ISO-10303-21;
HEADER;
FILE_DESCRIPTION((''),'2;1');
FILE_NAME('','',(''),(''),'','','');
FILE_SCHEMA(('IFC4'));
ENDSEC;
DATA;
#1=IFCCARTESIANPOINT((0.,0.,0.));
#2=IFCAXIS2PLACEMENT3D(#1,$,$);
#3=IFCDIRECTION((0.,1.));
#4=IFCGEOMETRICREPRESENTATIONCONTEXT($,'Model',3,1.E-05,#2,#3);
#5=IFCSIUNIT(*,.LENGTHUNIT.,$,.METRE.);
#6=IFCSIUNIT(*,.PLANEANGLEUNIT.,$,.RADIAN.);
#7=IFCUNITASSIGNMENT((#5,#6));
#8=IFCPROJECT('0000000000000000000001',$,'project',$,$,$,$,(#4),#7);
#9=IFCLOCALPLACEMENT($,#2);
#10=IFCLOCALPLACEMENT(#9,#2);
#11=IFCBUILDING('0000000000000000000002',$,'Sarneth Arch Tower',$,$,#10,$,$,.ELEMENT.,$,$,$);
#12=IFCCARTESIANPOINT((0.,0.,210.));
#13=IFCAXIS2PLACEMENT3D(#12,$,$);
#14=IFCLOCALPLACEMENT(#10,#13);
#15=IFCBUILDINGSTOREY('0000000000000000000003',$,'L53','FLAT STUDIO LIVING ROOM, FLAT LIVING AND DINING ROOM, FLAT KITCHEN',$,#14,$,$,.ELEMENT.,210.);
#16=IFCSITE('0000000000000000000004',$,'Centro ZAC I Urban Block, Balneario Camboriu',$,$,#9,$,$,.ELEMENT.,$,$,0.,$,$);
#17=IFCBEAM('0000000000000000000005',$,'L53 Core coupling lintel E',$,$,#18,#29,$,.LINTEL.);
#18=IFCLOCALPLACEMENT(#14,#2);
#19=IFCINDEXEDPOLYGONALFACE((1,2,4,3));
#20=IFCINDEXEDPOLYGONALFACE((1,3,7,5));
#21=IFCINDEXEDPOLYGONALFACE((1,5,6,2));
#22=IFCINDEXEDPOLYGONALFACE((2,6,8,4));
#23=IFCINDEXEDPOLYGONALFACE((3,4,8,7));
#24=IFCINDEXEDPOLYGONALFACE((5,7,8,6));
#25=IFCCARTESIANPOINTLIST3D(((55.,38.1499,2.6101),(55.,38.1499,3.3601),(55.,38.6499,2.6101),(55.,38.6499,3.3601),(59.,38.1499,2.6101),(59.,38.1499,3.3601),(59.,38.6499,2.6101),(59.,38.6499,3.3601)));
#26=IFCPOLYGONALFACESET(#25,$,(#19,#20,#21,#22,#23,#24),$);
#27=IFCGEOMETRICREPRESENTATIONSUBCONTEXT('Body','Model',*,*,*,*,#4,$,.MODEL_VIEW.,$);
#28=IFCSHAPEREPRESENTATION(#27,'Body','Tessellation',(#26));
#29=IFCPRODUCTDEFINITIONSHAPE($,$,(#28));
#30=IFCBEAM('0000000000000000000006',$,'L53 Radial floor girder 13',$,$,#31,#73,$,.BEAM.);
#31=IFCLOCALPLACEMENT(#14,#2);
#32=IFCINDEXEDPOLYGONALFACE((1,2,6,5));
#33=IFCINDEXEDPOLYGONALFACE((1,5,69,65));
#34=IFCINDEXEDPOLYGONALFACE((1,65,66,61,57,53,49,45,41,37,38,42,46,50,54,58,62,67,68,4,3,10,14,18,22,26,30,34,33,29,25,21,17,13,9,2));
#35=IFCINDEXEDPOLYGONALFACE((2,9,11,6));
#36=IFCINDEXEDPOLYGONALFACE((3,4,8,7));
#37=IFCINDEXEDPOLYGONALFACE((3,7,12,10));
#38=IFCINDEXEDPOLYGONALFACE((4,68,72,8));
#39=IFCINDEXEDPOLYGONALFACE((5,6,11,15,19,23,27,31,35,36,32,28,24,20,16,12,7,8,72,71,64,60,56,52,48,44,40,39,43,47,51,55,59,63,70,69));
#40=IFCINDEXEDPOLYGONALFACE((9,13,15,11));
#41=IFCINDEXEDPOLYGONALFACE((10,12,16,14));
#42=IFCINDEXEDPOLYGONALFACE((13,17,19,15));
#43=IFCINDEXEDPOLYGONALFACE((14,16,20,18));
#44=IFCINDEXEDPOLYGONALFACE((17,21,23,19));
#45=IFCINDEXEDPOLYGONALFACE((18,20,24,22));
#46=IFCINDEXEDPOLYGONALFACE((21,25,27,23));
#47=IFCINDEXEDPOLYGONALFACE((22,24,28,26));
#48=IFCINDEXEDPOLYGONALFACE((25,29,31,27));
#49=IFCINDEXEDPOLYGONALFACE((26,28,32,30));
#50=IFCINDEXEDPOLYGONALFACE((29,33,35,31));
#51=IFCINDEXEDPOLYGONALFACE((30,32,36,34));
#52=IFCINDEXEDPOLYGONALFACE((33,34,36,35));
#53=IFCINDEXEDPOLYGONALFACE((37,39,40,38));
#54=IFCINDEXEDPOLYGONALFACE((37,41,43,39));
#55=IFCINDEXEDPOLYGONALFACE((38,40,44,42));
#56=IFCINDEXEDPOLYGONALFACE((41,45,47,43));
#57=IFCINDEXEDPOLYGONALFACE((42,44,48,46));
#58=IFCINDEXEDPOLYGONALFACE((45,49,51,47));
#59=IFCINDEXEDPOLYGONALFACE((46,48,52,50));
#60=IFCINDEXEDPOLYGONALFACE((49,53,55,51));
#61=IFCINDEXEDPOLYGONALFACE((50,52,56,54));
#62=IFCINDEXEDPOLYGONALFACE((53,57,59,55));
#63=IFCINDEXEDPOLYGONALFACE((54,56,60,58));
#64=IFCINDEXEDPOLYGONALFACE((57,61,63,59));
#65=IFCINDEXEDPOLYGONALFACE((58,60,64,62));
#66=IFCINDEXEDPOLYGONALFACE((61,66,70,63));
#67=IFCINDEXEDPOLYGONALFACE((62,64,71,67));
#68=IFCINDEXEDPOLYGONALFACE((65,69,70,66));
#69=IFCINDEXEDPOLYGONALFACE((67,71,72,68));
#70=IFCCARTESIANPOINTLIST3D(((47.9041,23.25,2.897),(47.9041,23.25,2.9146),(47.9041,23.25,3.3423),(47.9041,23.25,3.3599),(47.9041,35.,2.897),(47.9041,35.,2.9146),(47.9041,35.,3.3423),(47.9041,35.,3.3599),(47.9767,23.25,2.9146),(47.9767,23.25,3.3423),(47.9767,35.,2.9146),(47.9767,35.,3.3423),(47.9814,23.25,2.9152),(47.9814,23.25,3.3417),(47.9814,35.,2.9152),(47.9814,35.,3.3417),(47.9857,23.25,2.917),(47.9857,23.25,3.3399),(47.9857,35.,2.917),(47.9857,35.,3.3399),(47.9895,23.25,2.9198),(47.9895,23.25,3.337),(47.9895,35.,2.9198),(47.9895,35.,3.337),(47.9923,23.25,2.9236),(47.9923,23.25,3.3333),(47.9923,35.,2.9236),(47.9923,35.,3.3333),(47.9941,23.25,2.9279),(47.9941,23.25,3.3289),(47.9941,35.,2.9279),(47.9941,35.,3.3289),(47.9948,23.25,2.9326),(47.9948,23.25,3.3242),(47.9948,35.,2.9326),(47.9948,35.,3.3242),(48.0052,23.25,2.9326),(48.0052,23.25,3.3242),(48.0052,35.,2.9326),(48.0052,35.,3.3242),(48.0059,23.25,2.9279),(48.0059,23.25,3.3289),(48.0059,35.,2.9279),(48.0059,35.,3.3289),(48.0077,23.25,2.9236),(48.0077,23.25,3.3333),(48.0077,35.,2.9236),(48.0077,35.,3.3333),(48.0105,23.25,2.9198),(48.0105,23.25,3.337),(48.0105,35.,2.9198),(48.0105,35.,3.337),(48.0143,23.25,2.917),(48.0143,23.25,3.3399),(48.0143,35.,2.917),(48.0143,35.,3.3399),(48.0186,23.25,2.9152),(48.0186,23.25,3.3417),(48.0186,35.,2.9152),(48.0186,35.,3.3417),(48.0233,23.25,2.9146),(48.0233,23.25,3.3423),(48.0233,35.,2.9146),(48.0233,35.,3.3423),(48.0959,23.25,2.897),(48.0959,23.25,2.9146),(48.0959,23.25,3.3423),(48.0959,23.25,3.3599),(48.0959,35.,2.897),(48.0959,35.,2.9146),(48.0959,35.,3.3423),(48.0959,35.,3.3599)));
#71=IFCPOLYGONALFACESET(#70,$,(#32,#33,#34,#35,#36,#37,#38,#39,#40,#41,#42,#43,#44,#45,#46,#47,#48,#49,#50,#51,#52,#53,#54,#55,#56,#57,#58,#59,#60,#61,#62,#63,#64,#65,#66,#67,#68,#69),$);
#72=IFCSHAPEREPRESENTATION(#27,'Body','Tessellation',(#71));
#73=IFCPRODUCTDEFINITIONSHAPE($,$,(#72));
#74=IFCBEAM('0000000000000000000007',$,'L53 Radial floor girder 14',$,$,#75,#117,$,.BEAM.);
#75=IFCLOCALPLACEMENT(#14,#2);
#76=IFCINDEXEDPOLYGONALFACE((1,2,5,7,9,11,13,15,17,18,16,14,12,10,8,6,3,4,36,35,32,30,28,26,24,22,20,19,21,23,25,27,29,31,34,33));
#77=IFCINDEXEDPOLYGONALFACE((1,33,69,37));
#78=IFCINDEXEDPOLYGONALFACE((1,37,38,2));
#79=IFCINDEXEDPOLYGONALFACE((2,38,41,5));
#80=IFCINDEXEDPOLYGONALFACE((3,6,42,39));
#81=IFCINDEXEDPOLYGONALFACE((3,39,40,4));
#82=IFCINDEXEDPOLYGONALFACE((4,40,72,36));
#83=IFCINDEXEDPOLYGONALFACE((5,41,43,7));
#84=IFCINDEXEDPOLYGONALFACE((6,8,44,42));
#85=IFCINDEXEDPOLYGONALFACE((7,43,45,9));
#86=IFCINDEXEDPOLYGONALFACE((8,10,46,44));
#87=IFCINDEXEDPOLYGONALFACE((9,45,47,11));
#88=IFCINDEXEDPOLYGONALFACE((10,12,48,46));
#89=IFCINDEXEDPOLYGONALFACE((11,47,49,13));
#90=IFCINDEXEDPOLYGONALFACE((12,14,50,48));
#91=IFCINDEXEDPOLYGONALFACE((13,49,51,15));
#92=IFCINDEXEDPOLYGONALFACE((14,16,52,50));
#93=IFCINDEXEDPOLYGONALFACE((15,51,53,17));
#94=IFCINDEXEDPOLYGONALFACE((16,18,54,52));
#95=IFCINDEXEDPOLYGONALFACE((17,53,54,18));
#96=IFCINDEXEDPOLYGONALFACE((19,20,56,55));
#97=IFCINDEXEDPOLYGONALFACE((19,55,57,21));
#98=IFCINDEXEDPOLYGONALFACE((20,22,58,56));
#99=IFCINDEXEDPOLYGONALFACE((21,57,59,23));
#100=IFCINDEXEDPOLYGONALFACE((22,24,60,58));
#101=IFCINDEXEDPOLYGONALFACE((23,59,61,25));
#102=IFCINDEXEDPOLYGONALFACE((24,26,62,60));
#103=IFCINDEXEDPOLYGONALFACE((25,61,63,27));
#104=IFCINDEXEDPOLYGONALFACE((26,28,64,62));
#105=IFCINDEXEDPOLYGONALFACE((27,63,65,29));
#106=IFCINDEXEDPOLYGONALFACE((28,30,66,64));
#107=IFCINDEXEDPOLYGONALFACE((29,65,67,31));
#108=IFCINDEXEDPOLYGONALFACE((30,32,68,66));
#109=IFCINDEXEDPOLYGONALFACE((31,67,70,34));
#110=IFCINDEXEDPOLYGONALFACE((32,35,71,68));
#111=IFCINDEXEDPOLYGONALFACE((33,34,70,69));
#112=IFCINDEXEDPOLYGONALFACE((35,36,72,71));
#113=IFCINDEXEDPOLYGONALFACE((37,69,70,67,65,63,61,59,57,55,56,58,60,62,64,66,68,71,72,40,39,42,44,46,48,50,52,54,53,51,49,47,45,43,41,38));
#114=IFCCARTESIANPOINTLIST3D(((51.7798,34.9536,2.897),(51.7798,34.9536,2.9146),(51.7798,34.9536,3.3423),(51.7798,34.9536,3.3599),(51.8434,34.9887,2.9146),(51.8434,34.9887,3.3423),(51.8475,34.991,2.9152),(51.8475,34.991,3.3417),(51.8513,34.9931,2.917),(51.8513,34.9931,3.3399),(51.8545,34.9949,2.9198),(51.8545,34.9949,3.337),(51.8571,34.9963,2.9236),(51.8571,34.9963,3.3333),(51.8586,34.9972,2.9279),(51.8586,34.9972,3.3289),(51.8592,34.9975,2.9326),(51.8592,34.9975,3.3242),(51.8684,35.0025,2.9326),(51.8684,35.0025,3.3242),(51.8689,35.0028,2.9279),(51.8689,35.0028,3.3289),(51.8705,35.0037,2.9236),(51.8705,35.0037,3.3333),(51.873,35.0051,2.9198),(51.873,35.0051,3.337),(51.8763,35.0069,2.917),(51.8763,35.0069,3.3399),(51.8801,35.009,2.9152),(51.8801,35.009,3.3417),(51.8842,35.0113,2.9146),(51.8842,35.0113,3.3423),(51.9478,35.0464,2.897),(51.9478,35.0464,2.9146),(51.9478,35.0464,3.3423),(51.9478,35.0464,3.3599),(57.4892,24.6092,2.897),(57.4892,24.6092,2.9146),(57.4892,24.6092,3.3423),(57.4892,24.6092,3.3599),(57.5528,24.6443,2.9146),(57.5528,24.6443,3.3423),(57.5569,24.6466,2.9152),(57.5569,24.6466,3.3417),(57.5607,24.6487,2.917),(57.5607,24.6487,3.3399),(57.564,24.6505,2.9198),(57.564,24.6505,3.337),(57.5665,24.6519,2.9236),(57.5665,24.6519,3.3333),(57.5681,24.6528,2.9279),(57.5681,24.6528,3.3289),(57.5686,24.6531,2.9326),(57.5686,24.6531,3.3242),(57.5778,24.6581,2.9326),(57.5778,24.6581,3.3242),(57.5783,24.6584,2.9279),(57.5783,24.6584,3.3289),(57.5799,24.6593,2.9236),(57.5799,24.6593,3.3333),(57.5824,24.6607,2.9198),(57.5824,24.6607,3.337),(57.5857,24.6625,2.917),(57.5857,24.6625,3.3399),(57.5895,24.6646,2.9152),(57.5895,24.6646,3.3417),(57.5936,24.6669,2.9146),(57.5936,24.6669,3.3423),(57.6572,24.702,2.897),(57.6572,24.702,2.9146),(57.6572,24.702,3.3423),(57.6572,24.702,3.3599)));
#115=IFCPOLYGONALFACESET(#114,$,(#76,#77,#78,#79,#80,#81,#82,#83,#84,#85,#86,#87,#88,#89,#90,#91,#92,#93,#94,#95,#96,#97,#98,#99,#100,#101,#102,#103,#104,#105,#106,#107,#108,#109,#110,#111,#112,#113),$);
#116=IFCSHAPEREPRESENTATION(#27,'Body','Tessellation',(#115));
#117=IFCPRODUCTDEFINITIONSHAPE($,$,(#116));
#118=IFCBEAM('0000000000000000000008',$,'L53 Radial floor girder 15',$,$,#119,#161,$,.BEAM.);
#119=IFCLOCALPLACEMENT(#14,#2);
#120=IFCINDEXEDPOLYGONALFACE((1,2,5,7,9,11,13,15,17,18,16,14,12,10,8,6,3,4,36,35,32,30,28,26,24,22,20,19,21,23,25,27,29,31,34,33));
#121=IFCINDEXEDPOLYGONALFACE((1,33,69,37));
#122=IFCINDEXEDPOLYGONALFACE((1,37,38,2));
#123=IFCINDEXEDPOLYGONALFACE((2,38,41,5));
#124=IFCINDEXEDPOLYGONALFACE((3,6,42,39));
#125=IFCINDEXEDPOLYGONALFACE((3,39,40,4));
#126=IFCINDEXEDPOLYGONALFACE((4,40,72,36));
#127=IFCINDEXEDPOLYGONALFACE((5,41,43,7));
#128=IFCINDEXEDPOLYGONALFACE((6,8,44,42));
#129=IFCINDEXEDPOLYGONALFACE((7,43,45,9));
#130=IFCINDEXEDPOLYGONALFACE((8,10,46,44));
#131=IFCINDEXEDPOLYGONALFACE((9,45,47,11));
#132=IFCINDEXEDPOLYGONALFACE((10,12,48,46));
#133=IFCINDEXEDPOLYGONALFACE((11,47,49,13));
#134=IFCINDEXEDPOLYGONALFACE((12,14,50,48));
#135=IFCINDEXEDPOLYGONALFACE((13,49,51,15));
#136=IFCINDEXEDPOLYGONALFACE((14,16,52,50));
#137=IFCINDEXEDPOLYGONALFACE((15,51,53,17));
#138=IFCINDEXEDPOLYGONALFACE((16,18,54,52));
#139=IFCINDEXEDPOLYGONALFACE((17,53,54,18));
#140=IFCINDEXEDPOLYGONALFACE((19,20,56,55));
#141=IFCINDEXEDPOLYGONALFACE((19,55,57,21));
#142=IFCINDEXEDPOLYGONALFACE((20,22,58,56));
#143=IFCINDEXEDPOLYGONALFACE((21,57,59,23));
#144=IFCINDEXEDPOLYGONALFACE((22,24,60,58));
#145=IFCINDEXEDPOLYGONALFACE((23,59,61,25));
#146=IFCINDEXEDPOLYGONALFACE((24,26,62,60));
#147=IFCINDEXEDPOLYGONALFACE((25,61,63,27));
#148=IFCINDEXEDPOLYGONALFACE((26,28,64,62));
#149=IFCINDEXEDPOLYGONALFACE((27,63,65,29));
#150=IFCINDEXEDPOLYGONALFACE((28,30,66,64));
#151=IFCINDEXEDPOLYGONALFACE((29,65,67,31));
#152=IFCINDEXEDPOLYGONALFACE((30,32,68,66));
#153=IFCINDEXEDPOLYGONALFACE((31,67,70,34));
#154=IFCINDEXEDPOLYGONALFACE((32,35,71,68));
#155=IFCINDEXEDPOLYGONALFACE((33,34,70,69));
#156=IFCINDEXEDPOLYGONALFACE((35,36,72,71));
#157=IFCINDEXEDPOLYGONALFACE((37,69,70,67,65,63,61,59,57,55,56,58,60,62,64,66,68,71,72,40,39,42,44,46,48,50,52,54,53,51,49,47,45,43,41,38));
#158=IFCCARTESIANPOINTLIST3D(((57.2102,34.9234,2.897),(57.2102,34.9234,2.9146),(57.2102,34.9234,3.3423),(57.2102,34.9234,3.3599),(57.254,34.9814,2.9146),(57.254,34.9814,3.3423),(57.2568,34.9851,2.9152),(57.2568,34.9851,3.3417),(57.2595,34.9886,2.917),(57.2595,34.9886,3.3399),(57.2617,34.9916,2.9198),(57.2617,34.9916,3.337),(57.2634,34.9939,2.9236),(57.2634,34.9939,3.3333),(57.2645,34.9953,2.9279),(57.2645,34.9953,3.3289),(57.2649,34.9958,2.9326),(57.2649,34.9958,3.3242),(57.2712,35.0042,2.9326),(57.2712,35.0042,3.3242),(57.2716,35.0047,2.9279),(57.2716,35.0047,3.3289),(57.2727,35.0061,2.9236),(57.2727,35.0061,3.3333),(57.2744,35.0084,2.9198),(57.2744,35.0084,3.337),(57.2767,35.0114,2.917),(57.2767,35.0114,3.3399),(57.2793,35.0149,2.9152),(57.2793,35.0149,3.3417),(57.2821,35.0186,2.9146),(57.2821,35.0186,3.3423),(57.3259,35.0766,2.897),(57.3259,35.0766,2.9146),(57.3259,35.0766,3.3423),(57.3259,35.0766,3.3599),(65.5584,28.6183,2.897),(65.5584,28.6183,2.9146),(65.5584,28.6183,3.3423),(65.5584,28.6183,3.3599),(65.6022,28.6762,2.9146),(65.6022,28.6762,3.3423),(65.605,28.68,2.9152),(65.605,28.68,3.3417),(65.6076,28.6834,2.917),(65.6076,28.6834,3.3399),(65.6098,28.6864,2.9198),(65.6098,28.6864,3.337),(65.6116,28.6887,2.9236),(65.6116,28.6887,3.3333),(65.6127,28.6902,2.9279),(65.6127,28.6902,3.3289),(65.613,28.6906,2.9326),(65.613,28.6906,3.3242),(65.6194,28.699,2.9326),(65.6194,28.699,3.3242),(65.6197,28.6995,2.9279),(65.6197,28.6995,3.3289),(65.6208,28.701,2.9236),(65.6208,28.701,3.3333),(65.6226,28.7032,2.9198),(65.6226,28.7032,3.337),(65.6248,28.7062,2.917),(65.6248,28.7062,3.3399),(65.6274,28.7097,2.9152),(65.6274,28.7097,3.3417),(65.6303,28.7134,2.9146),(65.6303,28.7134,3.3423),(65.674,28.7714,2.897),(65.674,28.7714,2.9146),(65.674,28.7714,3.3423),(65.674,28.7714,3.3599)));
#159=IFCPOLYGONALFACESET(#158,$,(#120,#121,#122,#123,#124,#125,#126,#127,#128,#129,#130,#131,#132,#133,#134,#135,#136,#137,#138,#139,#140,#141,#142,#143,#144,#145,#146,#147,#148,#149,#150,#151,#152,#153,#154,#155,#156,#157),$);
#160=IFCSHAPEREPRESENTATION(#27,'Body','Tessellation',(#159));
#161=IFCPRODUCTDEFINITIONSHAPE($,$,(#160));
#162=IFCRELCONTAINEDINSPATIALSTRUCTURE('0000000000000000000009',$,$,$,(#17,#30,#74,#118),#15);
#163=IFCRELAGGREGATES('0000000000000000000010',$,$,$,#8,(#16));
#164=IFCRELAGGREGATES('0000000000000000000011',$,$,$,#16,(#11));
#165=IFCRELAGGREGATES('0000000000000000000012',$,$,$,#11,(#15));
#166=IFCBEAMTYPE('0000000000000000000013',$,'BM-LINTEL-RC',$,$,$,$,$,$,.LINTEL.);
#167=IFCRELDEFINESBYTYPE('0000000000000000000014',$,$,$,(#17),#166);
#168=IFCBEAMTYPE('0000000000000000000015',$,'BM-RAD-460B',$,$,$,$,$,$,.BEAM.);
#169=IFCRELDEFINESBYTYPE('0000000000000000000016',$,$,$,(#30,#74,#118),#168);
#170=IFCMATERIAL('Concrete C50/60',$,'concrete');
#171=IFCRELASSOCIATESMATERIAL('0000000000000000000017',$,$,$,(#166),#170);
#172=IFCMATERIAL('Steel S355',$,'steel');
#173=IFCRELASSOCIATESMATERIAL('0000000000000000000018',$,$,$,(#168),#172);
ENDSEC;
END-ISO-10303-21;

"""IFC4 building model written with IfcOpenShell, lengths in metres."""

from ifc_helpers import new_model, si_unit, direction, frame, origin, origin_2d, place, context, subcontext, project, spatial, rectangle, i_section, extrude, material, material_profile, profile_set, type_object, element, save


model = new_model("IFC4")

# Units and contexts
model_context = context("Model", 3, precision=1e-05, world=origin(), true_north=direction((0.0, 1.0)))
body_context = subcontext(model_context, "Body", "Model", "MODEL_VIEW")
ifc_project = project(units=[si_unit("LENGTHUNIT", "METRE"), si_unit("PLANEANGLEUNIT", "RADIAN")], contexts=[model_context])

# Site, building, storey
site_placement = place(None, origin())
site = spatial("IfcSite", under=ifc_project, at=site_placement, Name="Centro ZAC I Urban Block, Balneario Camboriu", CompositionType="ELEMENT", RefElevation=0.0)
building_placement = place(site_placement, origin())
building = spatial("IfcBuilding", under=site, at=building_placement, Name="Sarneth Arch Tower", CompositionType="ELEMENT")
storey_placement = place(building_placement, frame((0.0, 0.0, 210.0)))
storey = spatial("IfcBuildingStorey", under=building, at=storey_placement, Name="L53", Description="FLAT STUDIO LIVING ROOM, FLAT LIVING AND DINING ROOM, FLAT KITCHEN", CompositionType="ELEMENT", Elevation=210.0)

# Beams
ifc_material_1 = material(Name="Concrete C50/60", Category="concrete")
ifc_material_profile_1 = material_profile(ifc_material_1, rectangle(XDim=0.5, YDim=0.75, at=origin_2d()), Name="RC-500x750")
ifc_profile_set_1 = profile_set([ifc_material_profile_1], Name="Concrete C50/60")
beam_type_1 = type_object("IfcBeamType", Name="BM-LINTEL-RC", PredefinedType="LINTEL", material=ifc_profile_set_1)
beam_1_placement = place(storey_placement, frame((55.0, 38.3999, 2.9851), z_axis=(1.0, 0.0, 0.0), x_axis=(0.0, 1.0, 0.0)))
element("IfcBeam", 1, at=beam_1_placement, inside=storey, type_object=beam_type_1, Name="L53 Core coupling lintel E", PredefinedType="LINTEL", context=body_context, shape_type="SweptSolid", body=[
    extrude(rectangle(XDim=0.5, YDim=0.75, at=origin_2d()), origin(), (0.0, 0.0, 1.0), 4.0),
])
ifc_material_2 = material(Name="Steel S355", Category="steel")
ifc_material_profile_2 = material_profile(ifc_material_2, i_section(OverallWidth=0.1919, OverallDepth=0.4629, WebThickness=0.0105, FlangeThickness=0.0176, FilletRadius=0.0181, at=origin_2d()), Name="W460x89")
ifc_profile_set_2 = profile_set([ifc_material_profile_2], Name="Steel S355")
beam_type_2 = type_object("IfcBeamType", Name="BM-RAD-460B", PredefinedType="BEAM", material=ifc_profile_set_2)
beam_2_placement = place(storey_placement, frame((48.0, 35.0, 3.1284), z_axis=(0.0, -1.0, 0.0), x_axis=(1.0, 0.0, 0.0)))
element("IfcBeam", 2, at=beam_2_placement, inside=storey, type_object=beam_type_2, Name="L53 Radial floor girder 13", PredefinedType="BEAM", context=body_context, shape_type="SweptSolid", body=[
    extrude(i_section(OverallWidth=0.1919, OverallDepth=0.4629, WebThickness=0.0105, FlangeThickness=0.0176, FilletRadius=0.0181, at=origin_2d()), origin(), (0.0, 0.0, 1.0), 11.75),
])
beam_3_placement = place(storey_placement, frame((51.8638, 35.0, 3.1284), z_axis=(0.483218, -0.8755, 0.0), x_axis=(0.8755, 0.483218, 0.0)))
element("IfcBeam", 3, at=beam_3_placement, inside=storey, type_object=beam_type_2, Name="L53 Radial floor girder 14", PredefinedType="BEAM", context=body_context, shape_type="SweptSolid", body=[
    extrude(i_section(OverallWidth=0.1919, OverallDepth=0.4629, WebThickness=0.0105, FlangeThickness=0.0176, FilletRadius=0.0181, at=origin_2d()), origin(), (0.0, 0.0, 1.0), 11.8154),
])
beam_4_placement = place(storey_placement, frame((57.2681, 35.0, 3.1284), z_axis=(0.797974, -0.602692, 0.0), x_axis=(0.602692, 0.797974, 0.0)))
element("IfcBeam", 4, at=beam_4_placement, inside=storey, type_object=beam_type_2, Name="L53 Radial floor girder 15", PredefinedType="BEAM", context=body_context, shape_type="SweptSolid", body=[
    extrude(i_section(OverallWidth=0.1919, OverallDepth=0.4629, WebThickness=0.0105, FlangeThickness=0.0176, FilletRadius=0.0181, at=origin_2d()), origin(), (0.0, 0.0, 1.0), 10.4617),
])

save(model, "model.ifc")
